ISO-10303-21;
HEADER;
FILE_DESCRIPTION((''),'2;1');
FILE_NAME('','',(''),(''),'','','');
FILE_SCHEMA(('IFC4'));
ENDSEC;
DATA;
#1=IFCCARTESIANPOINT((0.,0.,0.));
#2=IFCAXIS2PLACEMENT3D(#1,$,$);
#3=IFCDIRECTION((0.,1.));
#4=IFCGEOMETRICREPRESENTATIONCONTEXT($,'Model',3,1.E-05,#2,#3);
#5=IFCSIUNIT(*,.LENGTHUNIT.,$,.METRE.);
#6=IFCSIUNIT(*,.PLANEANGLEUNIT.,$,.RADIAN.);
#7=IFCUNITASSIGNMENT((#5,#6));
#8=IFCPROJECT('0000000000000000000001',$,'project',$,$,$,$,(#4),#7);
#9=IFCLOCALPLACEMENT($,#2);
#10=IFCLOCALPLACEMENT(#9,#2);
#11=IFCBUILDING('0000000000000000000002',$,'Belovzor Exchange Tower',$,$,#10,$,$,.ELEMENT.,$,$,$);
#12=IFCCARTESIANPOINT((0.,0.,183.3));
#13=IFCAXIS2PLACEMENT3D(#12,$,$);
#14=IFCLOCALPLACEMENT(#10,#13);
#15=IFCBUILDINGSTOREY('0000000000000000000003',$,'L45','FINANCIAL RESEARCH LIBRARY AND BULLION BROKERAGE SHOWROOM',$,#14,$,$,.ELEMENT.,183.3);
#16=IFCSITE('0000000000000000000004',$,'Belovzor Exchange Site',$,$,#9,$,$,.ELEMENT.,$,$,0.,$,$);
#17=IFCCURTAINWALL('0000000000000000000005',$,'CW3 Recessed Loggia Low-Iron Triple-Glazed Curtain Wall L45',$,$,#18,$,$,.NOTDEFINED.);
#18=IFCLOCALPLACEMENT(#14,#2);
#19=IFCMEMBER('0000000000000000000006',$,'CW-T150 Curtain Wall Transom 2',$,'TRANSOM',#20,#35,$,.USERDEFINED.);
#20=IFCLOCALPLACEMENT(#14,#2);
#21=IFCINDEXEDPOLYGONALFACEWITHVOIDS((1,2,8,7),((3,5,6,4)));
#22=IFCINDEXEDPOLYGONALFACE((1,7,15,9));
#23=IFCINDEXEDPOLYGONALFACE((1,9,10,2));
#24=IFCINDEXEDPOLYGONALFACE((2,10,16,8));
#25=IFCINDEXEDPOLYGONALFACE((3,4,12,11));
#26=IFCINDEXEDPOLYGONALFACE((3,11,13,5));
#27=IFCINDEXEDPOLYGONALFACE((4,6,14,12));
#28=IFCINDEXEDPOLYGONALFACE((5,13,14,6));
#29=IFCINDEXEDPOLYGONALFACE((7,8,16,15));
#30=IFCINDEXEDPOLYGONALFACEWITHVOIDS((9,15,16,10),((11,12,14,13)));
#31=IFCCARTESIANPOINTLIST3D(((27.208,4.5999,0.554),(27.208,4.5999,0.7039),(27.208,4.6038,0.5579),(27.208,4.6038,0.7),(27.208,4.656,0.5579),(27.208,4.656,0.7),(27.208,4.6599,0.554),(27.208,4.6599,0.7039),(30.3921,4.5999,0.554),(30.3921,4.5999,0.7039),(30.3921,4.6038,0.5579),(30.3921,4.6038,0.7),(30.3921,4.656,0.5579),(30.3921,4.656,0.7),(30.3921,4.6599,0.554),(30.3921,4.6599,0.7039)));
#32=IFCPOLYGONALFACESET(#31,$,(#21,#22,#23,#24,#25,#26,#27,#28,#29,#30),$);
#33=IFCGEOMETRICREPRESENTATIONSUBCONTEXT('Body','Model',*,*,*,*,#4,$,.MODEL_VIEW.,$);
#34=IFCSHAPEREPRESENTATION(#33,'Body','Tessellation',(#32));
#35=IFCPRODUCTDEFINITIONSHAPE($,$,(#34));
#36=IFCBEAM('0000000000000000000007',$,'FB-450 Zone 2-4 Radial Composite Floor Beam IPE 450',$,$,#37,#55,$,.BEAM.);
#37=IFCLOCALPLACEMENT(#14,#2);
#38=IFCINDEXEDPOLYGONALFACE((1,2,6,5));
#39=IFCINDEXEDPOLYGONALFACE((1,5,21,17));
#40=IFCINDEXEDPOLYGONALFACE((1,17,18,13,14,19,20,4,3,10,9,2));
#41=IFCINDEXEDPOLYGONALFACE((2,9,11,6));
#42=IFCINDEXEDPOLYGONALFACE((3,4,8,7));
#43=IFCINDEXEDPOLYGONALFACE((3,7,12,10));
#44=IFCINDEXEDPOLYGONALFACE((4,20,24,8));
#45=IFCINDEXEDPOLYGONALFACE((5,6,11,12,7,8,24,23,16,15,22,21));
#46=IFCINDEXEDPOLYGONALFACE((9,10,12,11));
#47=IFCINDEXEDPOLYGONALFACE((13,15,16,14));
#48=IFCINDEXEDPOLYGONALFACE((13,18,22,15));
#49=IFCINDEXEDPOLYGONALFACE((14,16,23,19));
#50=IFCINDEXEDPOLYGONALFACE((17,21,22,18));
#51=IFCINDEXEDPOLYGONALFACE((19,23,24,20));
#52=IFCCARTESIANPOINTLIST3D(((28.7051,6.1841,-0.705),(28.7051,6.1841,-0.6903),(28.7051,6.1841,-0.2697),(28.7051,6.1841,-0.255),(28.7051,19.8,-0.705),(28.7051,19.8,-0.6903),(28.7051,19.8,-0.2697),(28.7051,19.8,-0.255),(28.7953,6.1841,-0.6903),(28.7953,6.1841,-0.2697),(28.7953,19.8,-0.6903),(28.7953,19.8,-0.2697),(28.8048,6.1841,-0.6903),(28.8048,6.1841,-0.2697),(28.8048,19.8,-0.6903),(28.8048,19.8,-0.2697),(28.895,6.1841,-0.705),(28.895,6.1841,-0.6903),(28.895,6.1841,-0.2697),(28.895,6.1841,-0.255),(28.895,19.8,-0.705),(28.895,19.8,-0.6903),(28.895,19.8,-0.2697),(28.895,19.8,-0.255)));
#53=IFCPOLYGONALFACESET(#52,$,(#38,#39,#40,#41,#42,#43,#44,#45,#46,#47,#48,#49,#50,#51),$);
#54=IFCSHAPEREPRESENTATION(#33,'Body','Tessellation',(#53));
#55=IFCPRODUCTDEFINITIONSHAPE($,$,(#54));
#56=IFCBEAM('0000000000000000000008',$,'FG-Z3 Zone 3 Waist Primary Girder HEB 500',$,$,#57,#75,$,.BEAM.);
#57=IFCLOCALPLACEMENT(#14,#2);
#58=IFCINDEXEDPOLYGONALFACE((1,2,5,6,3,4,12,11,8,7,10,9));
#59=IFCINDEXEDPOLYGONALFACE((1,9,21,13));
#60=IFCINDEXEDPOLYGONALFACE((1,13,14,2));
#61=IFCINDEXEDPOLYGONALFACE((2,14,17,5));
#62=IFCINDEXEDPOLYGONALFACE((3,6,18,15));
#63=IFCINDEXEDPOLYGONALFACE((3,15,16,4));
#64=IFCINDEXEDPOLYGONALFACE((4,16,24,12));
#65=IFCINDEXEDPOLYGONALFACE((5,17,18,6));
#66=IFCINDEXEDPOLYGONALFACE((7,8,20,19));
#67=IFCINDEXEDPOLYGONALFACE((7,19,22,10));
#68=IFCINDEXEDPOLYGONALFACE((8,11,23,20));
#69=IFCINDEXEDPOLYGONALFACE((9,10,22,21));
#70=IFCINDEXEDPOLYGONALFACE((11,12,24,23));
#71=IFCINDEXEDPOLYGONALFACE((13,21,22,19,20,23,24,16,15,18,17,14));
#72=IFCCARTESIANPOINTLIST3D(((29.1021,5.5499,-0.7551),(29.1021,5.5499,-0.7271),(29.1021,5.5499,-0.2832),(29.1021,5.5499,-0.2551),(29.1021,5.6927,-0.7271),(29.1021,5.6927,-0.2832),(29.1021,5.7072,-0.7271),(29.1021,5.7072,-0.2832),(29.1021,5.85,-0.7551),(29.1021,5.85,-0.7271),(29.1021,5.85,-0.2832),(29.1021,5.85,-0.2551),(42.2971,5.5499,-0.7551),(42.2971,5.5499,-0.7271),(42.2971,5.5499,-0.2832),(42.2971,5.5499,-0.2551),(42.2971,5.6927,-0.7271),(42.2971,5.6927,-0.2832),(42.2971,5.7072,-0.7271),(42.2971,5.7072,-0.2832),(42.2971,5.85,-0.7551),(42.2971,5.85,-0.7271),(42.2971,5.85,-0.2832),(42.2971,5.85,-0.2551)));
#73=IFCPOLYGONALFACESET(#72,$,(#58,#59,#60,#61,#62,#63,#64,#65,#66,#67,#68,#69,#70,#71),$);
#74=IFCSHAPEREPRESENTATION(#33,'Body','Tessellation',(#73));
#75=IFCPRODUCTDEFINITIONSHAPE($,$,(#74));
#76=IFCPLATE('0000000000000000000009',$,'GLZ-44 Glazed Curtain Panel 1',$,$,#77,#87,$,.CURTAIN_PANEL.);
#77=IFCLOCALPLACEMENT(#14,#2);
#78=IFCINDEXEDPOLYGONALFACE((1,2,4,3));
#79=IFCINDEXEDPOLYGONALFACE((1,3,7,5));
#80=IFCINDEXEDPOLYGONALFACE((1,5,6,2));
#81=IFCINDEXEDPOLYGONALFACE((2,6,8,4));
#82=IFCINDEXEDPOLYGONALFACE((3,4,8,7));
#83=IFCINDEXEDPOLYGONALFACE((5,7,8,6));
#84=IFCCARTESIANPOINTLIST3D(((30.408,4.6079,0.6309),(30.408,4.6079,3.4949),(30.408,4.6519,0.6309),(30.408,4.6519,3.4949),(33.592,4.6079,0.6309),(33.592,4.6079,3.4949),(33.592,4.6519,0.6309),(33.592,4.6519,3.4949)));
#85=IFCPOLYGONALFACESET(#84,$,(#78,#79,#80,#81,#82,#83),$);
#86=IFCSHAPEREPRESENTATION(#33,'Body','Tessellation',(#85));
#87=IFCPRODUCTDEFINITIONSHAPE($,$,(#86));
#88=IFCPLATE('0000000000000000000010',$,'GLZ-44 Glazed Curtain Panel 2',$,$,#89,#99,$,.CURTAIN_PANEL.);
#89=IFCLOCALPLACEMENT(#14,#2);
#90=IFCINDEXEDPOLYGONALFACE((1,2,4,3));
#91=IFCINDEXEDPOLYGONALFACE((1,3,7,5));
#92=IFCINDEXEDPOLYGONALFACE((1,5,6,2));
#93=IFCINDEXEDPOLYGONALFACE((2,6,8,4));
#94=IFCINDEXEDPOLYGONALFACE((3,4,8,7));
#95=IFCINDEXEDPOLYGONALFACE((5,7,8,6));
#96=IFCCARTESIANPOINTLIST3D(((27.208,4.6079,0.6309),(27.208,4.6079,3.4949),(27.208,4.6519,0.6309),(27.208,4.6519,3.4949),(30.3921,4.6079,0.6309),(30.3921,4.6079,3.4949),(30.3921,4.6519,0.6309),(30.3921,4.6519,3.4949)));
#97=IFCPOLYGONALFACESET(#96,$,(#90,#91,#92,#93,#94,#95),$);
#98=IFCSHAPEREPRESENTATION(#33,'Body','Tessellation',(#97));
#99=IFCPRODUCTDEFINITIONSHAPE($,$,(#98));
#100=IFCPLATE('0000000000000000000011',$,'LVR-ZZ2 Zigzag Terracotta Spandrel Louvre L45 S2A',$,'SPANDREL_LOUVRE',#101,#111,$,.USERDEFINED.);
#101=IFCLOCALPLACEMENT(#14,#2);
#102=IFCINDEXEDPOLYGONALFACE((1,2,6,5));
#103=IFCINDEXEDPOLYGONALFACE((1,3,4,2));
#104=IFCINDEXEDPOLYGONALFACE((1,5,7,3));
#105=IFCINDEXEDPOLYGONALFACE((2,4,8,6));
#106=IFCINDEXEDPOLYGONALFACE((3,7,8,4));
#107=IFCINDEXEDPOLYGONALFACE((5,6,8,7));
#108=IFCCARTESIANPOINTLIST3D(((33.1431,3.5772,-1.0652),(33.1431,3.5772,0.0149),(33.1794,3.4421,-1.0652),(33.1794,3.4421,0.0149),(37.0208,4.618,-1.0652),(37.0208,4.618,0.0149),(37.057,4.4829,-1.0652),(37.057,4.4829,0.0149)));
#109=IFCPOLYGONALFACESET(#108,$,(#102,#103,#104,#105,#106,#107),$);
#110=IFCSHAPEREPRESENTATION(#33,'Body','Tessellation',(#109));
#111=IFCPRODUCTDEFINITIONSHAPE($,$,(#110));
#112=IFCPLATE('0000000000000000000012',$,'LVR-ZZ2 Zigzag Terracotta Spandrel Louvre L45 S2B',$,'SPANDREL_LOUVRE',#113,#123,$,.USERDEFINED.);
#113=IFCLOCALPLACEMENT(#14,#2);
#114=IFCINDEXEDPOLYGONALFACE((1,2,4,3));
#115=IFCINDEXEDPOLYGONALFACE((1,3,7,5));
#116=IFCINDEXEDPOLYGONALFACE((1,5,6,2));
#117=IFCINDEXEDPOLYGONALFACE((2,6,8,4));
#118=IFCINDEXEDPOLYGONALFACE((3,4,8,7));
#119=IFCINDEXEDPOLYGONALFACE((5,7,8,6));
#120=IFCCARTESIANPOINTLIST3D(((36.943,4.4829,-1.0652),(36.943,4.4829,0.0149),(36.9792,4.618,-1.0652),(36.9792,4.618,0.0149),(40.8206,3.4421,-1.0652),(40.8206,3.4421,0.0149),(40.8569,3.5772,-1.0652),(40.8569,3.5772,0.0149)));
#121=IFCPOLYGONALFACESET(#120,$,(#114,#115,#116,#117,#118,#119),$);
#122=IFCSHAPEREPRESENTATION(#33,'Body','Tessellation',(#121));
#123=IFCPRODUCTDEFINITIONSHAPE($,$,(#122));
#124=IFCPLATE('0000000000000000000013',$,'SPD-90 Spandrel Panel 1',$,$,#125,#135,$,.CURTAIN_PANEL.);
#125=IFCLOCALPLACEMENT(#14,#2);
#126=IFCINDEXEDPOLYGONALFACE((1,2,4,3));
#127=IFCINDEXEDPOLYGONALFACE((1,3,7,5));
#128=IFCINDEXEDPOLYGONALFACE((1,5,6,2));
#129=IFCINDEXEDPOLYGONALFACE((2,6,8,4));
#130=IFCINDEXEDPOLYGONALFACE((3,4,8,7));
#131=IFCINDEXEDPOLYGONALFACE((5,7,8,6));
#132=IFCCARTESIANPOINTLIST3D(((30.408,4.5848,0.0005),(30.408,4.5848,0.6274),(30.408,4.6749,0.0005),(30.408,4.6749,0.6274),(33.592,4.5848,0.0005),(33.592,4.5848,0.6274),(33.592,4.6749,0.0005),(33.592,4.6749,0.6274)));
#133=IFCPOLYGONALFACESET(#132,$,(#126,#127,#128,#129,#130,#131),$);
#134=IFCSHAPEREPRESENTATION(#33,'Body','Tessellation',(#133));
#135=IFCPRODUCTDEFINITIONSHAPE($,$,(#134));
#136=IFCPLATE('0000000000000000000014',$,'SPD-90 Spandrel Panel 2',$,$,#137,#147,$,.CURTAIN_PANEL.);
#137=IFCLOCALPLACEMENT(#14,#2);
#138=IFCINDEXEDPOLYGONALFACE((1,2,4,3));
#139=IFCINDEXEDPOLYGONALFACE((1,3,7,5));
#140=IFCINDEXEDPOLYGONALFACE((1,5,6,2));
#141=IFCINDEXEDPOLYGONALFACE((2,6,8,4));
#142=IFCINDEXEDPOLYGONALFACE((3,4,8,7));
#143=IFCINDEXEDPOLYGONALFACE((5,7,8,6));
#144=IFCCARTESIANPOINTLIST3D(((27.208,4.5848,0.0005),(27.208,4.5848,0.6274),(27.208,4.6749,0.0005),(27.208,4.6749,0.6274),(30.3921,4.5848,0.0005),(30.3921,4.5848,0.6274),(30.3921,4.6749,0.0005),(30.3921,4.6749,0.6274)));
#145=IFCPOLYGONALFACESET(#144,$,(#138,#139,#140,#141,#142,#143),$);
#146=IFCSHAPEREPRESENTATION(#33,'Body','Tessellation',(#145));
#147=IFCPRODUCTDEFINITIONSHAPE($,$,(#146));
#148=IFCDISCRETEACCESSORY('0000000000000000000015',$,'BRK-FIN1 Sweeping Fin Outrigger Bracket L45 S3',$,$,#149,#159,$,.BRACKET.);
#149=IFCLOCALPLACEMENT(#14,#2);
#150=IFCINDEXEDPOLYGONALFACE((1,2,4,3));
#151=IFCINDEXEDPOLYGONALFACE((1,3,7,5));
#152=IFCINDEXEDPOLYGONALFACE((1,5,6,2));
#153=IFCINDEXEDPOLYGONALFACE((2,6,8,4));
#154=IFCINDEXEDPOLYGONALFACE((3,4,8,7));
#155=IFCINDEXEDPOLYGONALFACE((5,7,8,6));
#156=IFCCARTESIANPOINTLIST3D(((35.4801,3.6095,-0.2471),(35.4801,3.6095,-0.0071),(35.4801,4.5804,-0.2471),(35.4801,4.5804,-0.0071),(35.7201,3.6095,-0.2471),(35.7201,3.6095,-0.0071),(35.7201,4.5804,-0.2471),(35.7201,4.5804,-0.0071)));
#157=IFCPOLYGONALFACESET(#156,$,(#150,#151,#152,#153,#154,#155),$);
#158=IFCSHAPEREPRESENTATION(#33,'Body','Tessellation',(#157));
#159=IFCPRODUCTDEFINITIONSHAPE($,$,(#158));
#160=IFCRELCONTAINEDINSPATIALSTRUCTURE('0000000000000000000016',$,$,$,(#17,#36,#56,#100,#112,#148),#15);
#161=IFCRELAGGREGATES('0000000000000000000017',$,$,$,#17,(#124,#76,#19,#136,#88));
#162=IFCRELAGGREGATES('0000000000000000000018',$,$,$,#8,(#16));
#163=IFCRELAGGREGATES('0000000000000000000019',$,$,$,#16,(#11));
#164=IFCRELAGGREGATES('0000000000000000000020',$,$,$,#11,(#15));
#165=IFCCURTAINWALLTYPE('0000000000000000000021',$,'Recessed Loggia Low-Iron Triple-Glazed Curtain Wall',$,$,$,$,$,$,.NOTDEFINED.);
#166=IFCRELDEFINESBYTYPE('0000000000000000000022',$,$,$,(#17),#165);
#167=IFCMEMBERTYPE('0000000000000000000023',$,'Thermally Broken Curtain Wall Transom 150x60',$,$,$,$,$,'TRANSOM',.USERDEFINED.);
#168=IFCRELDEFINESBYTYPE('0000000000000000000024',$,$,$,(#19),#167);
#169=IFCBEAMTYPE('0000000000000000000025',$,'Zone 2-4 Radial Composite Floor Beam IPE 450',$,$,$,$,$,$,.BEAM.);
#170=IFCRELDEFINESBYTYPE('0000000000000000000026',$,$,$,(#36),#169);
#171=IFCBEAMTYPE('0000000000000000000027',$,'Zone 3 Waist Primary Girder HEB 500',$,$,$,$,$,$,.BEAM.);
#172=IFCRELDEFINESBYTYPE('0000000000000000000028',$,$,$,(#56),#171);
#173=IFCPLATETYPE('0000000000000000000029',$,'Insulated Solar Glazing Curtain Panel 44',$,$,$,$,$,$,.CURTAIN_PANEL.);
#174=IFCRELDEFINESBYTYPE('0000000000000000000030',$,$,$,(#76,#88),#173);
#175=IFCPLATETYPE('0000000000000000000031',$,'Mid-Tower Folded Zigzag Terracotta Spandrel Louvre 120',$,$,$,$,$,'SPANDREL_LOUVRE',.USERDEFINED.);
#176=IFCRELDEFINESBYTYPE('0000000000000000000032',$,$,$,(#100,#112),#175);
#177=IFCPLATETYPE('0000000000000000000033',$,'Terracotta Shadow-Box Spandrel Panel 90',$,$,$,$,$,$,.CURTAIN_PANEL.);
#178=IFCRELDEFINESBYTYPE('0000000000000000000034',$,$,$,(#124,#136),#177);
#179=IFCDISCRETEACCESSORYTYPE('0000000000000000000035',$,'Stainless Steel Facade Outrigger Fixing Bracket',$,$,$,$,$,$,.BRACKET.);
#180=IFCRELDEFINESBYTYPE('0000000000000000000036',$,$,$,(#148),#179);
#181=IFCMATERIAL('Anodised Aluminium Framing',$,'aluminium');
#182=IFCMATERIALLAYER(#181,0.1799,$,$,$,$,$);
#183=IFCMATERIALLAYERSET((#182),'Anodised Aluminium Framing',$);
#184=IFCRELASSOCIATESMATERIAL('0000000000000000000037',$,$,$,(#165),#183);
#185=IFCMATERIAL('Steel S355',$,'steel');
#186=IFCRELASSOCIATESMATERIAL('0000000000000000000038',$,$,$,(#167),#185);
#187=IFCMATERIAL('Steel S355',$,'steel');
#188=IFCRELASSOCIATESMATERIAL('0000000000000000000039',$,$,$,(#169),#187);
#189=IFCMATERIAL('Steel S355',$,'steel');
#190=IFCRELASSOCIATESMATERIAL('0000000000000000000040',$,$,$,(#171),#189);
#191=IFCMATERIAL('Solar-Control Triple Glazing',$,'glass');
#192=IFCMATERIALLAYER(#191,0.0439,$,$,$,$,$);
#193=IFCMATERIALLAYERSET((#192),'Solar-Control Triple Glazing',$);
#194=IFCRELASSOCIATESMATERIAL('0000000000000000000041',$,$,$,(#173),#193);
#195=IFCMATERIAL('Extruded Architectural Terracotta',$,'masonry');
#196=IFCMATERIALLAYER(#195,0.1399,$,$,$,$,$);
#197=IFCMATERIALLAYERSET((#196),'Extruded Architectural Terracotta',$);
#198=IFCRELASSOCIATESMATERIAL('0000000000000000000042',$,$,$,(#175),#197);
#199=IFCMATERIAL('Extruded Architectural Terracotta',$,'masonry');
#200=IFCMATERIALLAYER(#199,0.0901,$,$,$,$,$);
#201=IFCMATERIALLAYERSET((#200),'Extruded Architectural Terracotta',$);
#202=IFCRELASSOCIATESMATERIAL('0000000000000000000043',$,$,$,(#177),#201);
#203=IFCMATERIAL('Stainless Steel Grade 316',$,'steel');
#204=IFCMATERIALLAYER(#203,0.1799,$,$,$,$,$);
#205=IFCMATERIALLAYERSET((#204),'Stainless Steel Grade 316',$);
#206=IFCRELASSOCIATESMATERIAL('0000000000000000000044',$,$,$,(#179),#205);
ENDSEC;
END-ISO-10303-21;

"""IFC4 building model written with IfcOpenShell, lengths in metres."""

from ifc_helpers import new_model, si_unit, direction, frame, origin, origin_2d, place, context, subcontext, project, spatial, rectangle, hollow_rectangle, i_section, extrude, material, layer, layer_set, material_profile, profile_set, type_object, element, aggregate, save


model = new_model("IFC4")

# Units and contexts
model_context = context("Model", 3, precision=1e-05, world=origin(), true_north=direction((0.0, 1.0)))
body_context = subcontext(model_context, "Body", "Model", "MODEL_VIEW")
ifc_project = project(units=[si_unit("LENGTHUNIT", "METRE"), si_unit("PLANEANGLEUNIT", "RADIAN")], contexts=[model_context])

# Site, building, storey
site_placement = place(None, origin())
site = spatial("IfcSite", under=ifc_project, at=site_placement, Name="Belovzor Exchange Site", CompositionType="ELEMENT", RefElevation=0.0)
building_placement = place(site_placement, origin())
building = spatial("IfcBuilding", under=site, at=building_placement, Name="Belovzor Exchange Tower", CompositionType="ELEMENT")
storey_placement = place(building_placement, frame((0.0, 0.0, 183.3)))
storey = spatial("IfcBuildingStorey", under=building, at=storey_placement, Name="L45", Description="FINANCIAL RESEARCH LIBRARY AND BULLION BROKERAGE SHOWROOM", CompositionType="ELEMENT", Elevation=183.3)

# Curtain wall, member
ifc_material_1 = material(Name="Anodised Aluminium Framing", Category="aluminium")
ifc_layer_1 = layer(ifc_material_1, 0.1799)
ifc_layer_set_1 = layer_set([ifc_layer_1], Name="Anodised Aluminium Framing")
curtain_wall_type = type_object("IfcCurtainWallType", Name="Recessed Loggia Low-Iron Triple-Glazed Curtain Wall", PredefinedType="NOTDEFINED", material=ifc_layer_set_1)
curtain_wall_placement = place(storey_placement, origin())
curtain_wall = element("IfcCurtainWall", 1, at=curtain_wall_placement, inside=storey, type_object=curtain_wall_type, Name="CW3 Recessed Loggia Low-Iron Triple-Glazed Curtain Wall L45", PredefinedType="NOTDEFINED")
ifc_material_2 = material(Name="Steel S355", Category="steel")
ifc_material_profile_1 = material_profile(ifc_material_2, hollow_rectangle(XDim=0.0601, YDim=0.1499, WallThickness=0.0039, at=origin_2d()))
ifc_profile_set_1 = profile_set([ifc_material_profile_1], Name="Steel S355")
member_type_1 = type_object("IfcMemberType", Name="Thermally Broken Curtain Wall Transom 150x60", ElementType="TRANSOM", PredefinedType="USERDEFINED", material=ifc_profile_set_1)
member_1_placement = place(storey_placement, frame((30.3921, 4.6299, 0.6289), z_axis=(-1.0, 0.0, 0.0), x_axis=(0.0, -1.0, 0.0)))
member_1 = element("IfcMember", 2, at=member_1_placement, type_object=member_type_1, Name="CW-T150 Curtain Wall Transom 2", ObjectType="TRANSOM", PredefinedType="USERDEFINED", context=body_context, shape_type="SweptSolid", body=[
    extrude(hollow_rectangle(XDim=0.0601, YDim=0.1499, WallThickness=0.0039, at=origin_2d()), origin(), (0.0, 0.0, 1.0), 3.1841),
])

# Beams
ifc_material_3 = material(Name="Steel S355", Category="steel")
ifc_material_profile_2 = material_profile(ifc_material_3, i_section(OverallWidth=0.1899, OverallDepth=0.45, WebThickness=0.0095, FlangeThickness=0.0146, at=origin_2d()))
ifc_profile_set_2 = profile_set([ifc_material_profile_2], Name="Steel S355")
beam_type_1 = type_object("IfcBeamType", Name="Zone 2-4 Radial Composite Floor Beam IPE 450", PredefinedType="BEAM", material=ifc_profile_set_2)
beam_1_placement = place(storey_placement, frame((28.8, 19.8, -0.48), z_axis=(0.0, -1.0, 0.0), x_axis=(1.0, 0.0, 0.0)))
element("IfcBeam", 3, at=beam_1_placement, inside=storey, type_object=beam_type_1, Name="FB-450 Zone 2-4 Radial Composite Floor Beam IPE 450", PredefinedType="BEAM", context=body_context, shape_type="SweptSolid", body=[
    extrude(i_section(OverallWidth=0.1899, OverallDepth=0.45, WebThickness=0.0095, FlangeThickness=0.0146, at=origin_2d()), origin(), (0.0, 0.0, 1.0), 13.616),
])
ifc_material_4 = material(Name="Steel S355", Category="steel")
ifc_material_profile_3 = material_profile(ifc_material_4, i_section(OverallWidth=0.3, OverallDepth=0.5, WebThickness=0.0144, FlangeThickness=0.0281, at=origin_2d()))
ifc_profile_set_3 = profile_set([ifc_material_profile_3], Name="Steel S355")
beam_type_2 = type_object("IfcBeamType", Name="Zone 3 Waist Primary Girder HEB 500", PredefinedType="BEAM", material=ifc_profile_set_3)
beam_2_placement = place(storey_placement, frame((29.1021, 5.7, -0.5051), z_axis=(1.0, 0.0, 0.0), x_axis=(0.0, 1.0, 0.0)))
element("IfcBeam", 4, at=beam_2_placement, inside=storey, type_object=beam_type_2, Name="FG-Z3 Zone 3 Waist Primary Girder HEB 500", PredefinedType="BEAM", context=body_context, shape_type="SweptSolid", body=[
    extrude(i_section(OverallWidth=0.3, OverallDepth=0.5, WebThickness=0.0144, FlangeThickness=0.0281, at=origin_2d()), origin(), (0.0, 0.0, 1.0), 13.1951),
])

# Plates
ifc_material_5 = material(Name="Solar-Control Triple Glazing", Category="glass")
ifc_layer_2 = layer(ifc_material_5, 0.0439)
ifc_layer_set_2 = layer_set([ifc_layer_2], Name="Solar-Control Triple Glazing")
plate_type_1 = type_object("IfcPlateType", Name="Insulated Solar Glazing Curtain Panel 44", PredefinedType="CURTAIN_PANEL", material=ifc_layer_set_2)
plate_1_placement = place(storey_placement, frame((32.0, 4.6299, 0.6309), z_axis=(0.0, 0.0, 1.0), x_axis=(-1.0, 0.0, 0.0)))
plate_1 = element("IfcPlate", 5, at=plate_1_placement, type_object=plate_type_1, Name="GLZ-44 Glazed Curtain Panel 1", PredefinedType="CURTAIN_PANEL", context=body_context, shape_type="SweptSolid", body=[
    extrude(rectangle(XDim=3.1841, YDim=0.0439, at=origin_2d()), origin(), (0.0, 0.0, 1.0), 2.864),
])
plate_2_placement = place(storey_placement, frame((28.8, 4.6299, 0.6309), z_axis=(0.0, 0.0, 1.0), x_axis=(-1.0, 0.0, 0.0)))
plate_2 = element("IfcPlate", 6, at=plate_2_placement, type_object=plate_type_1, Name="GLZ-44 Glazed Curtain Panel 2", PredefinedType="CURTAIN_PANEL", context=body_context, shape_type="SweptSolid", body=[
    extrude(rectangle(XDim=3.1841, YDim=0.0439, at=origin_2d()), origin(), (0.0, 0.0, 1.0), 2.864),
])

# Plates
ifc_material_6 = material(Name="Extruded Architectural Terracotta", Category="masonry")
ifc_layer_3 = layer(ifc_material_6, 0.1399)
ifc_layer_set_3 = layer_set([ifc_layer_3], Name="Extruded Architectural Terracotta")
plate_type_2 = type_object("IfcPlateType", Name="Mid-Tower Folded Zigzag Terracotta Spandrel Louvre 120", ElementType="SPANDREL_LOUVRE", PredefinedType="USERDEFINED", material=ifc_layer_set_3)
for number, where, z_axis, x_axis, name in (
    (7, (35.1001, 4.03, -1.0652), (0.0, 0.0, 1.0), (0.965813, 0.25924, 0.0), "LVR-ZZ2 Zigzag Terracotta Spandrel Louvre L45 S2A"),
    (8, (38.8999, 4.03, -1.0652), (0.0, 0.0, 1.0), (0.965813, -0.25924, 0.0), "LVR-ZZ2 Zigzag Terracotta Spandrel Louvre L45 S2B"),
):
    element("IfcPlate", number, at=place(storey_placement, frame(where, z_axis=z_axis, x_axis=x_axis)), inside=storey, type_object=plate_type_2, Name=name, ObjectType="SPANDREL_LOUVRE", PredefinedType="USERDEFINED", context=body_context, shape_type="SweptSolid", body=[
        extrude(rectangle(XDim=4.0149, YDim=0.1399, at=origin_2d()), origin(), (0.0, 0.0, 1.0), 1.0801),
    ])

# Plates
ifc_material_7 = material(Name="Extruded Architectural Terracotta", Category="masonry")
ifc_layer_4 = layer(ifc_material_7, 0.0901)
ifc_layer_set_4 = layer_set([ifc_layer_4], Name="Extruded Architectural Terracotta")
plate_type_3 = type_object("IfcPlateType", Name="Terracotta Shadow-Box Spandrel Panel 90", PredefinedType="CURTAIN_PANEL", material=ifc_layer_set_4)
plate_3_placement = place(storey_placement, frame((32.0, 4.6299, 0.0005), z_axis=(0.0, 0.0, 1.0), x_axis=(-1.0, 0.0, 0.0)))
plate_3 = element("IfcPlate", 9, at=plate_3_placement, type_object=plate_type_3, Name="SPD-90 Spandrel Panel 1", PredefinedType="CURTAIN_PANEL", context=body_context, shape_type="SweptSolid", body=[
    extrude(rectangle(XDim=3.1841, YDim=0.0901, at=origin_2d()), origin(), (0.0, 0.0, 1.0), 0.627),
])
plate_4_placement = place(storey_placement, frame((28.8, 4.6299, 0.0005), z_axis=(0.0, 0.0, 1.0), x_axis=(-1.0, 0.0, 0.0)))
plate_4 = element("IfcPlate", 10, at=plate_4_placement, type_object=plate_type_3, Name="SPD-90 Spandrel Panel 2", PredefinedType="CURTAIN_PANEL", context=body_context, shape_type="SweptSolid", body=[
    extrude(rectangle(XDim=3.1841, YDim=0.0901, at=origin_2d()), origin(), (0.0, 0.0, 1.0), 0.627),
])
aggregate(curtain_wall, [plate_3, plate_1, member_1, plate_4, plate_2])

# Discrete accessory
ifc_material_8 = material(Name="Stainless Steel Grade 316", Category="steel")
ifc_layer_5 = layer(ifc_material_8, 0.1799)
ifc_layer_set_5 = layer_set([ifc_layer_5], Name="Stainless Steel Grade 316")
discrete_accessory_type = type_object("IfcDiscreteAccessoryType", Name="Stainless Steel Facade Outrigger Fixing Bracket", PredefinedType="BRACKET", material=ifc_layer_set_5)
discrete_accessory_placement = place(storey_placement, frame((35.6001, 4.095, -0.2471), z_axis=(0.0, 0.0, 1.0), x_axis=(0.0, 1.0, 0.0)))
element("IfcDiscreteAccessory", 11, at=discrete_accessory_placement, inside=storey, type_object=discrete_accessory_type, Name="BRK-FIN1 Sweeping Fin Outrigger Bracket L45 S3", PredefinedType="BRACKET", context=body_context, shape_type="SweptSolid", body=[
    extrude(rectangle(XDim=0.9709, YDim=0.24, at=origin_2d()), origin(), (0.0, 0.0, 1.0), 0.24),
])

save(model, "model.ifc")
